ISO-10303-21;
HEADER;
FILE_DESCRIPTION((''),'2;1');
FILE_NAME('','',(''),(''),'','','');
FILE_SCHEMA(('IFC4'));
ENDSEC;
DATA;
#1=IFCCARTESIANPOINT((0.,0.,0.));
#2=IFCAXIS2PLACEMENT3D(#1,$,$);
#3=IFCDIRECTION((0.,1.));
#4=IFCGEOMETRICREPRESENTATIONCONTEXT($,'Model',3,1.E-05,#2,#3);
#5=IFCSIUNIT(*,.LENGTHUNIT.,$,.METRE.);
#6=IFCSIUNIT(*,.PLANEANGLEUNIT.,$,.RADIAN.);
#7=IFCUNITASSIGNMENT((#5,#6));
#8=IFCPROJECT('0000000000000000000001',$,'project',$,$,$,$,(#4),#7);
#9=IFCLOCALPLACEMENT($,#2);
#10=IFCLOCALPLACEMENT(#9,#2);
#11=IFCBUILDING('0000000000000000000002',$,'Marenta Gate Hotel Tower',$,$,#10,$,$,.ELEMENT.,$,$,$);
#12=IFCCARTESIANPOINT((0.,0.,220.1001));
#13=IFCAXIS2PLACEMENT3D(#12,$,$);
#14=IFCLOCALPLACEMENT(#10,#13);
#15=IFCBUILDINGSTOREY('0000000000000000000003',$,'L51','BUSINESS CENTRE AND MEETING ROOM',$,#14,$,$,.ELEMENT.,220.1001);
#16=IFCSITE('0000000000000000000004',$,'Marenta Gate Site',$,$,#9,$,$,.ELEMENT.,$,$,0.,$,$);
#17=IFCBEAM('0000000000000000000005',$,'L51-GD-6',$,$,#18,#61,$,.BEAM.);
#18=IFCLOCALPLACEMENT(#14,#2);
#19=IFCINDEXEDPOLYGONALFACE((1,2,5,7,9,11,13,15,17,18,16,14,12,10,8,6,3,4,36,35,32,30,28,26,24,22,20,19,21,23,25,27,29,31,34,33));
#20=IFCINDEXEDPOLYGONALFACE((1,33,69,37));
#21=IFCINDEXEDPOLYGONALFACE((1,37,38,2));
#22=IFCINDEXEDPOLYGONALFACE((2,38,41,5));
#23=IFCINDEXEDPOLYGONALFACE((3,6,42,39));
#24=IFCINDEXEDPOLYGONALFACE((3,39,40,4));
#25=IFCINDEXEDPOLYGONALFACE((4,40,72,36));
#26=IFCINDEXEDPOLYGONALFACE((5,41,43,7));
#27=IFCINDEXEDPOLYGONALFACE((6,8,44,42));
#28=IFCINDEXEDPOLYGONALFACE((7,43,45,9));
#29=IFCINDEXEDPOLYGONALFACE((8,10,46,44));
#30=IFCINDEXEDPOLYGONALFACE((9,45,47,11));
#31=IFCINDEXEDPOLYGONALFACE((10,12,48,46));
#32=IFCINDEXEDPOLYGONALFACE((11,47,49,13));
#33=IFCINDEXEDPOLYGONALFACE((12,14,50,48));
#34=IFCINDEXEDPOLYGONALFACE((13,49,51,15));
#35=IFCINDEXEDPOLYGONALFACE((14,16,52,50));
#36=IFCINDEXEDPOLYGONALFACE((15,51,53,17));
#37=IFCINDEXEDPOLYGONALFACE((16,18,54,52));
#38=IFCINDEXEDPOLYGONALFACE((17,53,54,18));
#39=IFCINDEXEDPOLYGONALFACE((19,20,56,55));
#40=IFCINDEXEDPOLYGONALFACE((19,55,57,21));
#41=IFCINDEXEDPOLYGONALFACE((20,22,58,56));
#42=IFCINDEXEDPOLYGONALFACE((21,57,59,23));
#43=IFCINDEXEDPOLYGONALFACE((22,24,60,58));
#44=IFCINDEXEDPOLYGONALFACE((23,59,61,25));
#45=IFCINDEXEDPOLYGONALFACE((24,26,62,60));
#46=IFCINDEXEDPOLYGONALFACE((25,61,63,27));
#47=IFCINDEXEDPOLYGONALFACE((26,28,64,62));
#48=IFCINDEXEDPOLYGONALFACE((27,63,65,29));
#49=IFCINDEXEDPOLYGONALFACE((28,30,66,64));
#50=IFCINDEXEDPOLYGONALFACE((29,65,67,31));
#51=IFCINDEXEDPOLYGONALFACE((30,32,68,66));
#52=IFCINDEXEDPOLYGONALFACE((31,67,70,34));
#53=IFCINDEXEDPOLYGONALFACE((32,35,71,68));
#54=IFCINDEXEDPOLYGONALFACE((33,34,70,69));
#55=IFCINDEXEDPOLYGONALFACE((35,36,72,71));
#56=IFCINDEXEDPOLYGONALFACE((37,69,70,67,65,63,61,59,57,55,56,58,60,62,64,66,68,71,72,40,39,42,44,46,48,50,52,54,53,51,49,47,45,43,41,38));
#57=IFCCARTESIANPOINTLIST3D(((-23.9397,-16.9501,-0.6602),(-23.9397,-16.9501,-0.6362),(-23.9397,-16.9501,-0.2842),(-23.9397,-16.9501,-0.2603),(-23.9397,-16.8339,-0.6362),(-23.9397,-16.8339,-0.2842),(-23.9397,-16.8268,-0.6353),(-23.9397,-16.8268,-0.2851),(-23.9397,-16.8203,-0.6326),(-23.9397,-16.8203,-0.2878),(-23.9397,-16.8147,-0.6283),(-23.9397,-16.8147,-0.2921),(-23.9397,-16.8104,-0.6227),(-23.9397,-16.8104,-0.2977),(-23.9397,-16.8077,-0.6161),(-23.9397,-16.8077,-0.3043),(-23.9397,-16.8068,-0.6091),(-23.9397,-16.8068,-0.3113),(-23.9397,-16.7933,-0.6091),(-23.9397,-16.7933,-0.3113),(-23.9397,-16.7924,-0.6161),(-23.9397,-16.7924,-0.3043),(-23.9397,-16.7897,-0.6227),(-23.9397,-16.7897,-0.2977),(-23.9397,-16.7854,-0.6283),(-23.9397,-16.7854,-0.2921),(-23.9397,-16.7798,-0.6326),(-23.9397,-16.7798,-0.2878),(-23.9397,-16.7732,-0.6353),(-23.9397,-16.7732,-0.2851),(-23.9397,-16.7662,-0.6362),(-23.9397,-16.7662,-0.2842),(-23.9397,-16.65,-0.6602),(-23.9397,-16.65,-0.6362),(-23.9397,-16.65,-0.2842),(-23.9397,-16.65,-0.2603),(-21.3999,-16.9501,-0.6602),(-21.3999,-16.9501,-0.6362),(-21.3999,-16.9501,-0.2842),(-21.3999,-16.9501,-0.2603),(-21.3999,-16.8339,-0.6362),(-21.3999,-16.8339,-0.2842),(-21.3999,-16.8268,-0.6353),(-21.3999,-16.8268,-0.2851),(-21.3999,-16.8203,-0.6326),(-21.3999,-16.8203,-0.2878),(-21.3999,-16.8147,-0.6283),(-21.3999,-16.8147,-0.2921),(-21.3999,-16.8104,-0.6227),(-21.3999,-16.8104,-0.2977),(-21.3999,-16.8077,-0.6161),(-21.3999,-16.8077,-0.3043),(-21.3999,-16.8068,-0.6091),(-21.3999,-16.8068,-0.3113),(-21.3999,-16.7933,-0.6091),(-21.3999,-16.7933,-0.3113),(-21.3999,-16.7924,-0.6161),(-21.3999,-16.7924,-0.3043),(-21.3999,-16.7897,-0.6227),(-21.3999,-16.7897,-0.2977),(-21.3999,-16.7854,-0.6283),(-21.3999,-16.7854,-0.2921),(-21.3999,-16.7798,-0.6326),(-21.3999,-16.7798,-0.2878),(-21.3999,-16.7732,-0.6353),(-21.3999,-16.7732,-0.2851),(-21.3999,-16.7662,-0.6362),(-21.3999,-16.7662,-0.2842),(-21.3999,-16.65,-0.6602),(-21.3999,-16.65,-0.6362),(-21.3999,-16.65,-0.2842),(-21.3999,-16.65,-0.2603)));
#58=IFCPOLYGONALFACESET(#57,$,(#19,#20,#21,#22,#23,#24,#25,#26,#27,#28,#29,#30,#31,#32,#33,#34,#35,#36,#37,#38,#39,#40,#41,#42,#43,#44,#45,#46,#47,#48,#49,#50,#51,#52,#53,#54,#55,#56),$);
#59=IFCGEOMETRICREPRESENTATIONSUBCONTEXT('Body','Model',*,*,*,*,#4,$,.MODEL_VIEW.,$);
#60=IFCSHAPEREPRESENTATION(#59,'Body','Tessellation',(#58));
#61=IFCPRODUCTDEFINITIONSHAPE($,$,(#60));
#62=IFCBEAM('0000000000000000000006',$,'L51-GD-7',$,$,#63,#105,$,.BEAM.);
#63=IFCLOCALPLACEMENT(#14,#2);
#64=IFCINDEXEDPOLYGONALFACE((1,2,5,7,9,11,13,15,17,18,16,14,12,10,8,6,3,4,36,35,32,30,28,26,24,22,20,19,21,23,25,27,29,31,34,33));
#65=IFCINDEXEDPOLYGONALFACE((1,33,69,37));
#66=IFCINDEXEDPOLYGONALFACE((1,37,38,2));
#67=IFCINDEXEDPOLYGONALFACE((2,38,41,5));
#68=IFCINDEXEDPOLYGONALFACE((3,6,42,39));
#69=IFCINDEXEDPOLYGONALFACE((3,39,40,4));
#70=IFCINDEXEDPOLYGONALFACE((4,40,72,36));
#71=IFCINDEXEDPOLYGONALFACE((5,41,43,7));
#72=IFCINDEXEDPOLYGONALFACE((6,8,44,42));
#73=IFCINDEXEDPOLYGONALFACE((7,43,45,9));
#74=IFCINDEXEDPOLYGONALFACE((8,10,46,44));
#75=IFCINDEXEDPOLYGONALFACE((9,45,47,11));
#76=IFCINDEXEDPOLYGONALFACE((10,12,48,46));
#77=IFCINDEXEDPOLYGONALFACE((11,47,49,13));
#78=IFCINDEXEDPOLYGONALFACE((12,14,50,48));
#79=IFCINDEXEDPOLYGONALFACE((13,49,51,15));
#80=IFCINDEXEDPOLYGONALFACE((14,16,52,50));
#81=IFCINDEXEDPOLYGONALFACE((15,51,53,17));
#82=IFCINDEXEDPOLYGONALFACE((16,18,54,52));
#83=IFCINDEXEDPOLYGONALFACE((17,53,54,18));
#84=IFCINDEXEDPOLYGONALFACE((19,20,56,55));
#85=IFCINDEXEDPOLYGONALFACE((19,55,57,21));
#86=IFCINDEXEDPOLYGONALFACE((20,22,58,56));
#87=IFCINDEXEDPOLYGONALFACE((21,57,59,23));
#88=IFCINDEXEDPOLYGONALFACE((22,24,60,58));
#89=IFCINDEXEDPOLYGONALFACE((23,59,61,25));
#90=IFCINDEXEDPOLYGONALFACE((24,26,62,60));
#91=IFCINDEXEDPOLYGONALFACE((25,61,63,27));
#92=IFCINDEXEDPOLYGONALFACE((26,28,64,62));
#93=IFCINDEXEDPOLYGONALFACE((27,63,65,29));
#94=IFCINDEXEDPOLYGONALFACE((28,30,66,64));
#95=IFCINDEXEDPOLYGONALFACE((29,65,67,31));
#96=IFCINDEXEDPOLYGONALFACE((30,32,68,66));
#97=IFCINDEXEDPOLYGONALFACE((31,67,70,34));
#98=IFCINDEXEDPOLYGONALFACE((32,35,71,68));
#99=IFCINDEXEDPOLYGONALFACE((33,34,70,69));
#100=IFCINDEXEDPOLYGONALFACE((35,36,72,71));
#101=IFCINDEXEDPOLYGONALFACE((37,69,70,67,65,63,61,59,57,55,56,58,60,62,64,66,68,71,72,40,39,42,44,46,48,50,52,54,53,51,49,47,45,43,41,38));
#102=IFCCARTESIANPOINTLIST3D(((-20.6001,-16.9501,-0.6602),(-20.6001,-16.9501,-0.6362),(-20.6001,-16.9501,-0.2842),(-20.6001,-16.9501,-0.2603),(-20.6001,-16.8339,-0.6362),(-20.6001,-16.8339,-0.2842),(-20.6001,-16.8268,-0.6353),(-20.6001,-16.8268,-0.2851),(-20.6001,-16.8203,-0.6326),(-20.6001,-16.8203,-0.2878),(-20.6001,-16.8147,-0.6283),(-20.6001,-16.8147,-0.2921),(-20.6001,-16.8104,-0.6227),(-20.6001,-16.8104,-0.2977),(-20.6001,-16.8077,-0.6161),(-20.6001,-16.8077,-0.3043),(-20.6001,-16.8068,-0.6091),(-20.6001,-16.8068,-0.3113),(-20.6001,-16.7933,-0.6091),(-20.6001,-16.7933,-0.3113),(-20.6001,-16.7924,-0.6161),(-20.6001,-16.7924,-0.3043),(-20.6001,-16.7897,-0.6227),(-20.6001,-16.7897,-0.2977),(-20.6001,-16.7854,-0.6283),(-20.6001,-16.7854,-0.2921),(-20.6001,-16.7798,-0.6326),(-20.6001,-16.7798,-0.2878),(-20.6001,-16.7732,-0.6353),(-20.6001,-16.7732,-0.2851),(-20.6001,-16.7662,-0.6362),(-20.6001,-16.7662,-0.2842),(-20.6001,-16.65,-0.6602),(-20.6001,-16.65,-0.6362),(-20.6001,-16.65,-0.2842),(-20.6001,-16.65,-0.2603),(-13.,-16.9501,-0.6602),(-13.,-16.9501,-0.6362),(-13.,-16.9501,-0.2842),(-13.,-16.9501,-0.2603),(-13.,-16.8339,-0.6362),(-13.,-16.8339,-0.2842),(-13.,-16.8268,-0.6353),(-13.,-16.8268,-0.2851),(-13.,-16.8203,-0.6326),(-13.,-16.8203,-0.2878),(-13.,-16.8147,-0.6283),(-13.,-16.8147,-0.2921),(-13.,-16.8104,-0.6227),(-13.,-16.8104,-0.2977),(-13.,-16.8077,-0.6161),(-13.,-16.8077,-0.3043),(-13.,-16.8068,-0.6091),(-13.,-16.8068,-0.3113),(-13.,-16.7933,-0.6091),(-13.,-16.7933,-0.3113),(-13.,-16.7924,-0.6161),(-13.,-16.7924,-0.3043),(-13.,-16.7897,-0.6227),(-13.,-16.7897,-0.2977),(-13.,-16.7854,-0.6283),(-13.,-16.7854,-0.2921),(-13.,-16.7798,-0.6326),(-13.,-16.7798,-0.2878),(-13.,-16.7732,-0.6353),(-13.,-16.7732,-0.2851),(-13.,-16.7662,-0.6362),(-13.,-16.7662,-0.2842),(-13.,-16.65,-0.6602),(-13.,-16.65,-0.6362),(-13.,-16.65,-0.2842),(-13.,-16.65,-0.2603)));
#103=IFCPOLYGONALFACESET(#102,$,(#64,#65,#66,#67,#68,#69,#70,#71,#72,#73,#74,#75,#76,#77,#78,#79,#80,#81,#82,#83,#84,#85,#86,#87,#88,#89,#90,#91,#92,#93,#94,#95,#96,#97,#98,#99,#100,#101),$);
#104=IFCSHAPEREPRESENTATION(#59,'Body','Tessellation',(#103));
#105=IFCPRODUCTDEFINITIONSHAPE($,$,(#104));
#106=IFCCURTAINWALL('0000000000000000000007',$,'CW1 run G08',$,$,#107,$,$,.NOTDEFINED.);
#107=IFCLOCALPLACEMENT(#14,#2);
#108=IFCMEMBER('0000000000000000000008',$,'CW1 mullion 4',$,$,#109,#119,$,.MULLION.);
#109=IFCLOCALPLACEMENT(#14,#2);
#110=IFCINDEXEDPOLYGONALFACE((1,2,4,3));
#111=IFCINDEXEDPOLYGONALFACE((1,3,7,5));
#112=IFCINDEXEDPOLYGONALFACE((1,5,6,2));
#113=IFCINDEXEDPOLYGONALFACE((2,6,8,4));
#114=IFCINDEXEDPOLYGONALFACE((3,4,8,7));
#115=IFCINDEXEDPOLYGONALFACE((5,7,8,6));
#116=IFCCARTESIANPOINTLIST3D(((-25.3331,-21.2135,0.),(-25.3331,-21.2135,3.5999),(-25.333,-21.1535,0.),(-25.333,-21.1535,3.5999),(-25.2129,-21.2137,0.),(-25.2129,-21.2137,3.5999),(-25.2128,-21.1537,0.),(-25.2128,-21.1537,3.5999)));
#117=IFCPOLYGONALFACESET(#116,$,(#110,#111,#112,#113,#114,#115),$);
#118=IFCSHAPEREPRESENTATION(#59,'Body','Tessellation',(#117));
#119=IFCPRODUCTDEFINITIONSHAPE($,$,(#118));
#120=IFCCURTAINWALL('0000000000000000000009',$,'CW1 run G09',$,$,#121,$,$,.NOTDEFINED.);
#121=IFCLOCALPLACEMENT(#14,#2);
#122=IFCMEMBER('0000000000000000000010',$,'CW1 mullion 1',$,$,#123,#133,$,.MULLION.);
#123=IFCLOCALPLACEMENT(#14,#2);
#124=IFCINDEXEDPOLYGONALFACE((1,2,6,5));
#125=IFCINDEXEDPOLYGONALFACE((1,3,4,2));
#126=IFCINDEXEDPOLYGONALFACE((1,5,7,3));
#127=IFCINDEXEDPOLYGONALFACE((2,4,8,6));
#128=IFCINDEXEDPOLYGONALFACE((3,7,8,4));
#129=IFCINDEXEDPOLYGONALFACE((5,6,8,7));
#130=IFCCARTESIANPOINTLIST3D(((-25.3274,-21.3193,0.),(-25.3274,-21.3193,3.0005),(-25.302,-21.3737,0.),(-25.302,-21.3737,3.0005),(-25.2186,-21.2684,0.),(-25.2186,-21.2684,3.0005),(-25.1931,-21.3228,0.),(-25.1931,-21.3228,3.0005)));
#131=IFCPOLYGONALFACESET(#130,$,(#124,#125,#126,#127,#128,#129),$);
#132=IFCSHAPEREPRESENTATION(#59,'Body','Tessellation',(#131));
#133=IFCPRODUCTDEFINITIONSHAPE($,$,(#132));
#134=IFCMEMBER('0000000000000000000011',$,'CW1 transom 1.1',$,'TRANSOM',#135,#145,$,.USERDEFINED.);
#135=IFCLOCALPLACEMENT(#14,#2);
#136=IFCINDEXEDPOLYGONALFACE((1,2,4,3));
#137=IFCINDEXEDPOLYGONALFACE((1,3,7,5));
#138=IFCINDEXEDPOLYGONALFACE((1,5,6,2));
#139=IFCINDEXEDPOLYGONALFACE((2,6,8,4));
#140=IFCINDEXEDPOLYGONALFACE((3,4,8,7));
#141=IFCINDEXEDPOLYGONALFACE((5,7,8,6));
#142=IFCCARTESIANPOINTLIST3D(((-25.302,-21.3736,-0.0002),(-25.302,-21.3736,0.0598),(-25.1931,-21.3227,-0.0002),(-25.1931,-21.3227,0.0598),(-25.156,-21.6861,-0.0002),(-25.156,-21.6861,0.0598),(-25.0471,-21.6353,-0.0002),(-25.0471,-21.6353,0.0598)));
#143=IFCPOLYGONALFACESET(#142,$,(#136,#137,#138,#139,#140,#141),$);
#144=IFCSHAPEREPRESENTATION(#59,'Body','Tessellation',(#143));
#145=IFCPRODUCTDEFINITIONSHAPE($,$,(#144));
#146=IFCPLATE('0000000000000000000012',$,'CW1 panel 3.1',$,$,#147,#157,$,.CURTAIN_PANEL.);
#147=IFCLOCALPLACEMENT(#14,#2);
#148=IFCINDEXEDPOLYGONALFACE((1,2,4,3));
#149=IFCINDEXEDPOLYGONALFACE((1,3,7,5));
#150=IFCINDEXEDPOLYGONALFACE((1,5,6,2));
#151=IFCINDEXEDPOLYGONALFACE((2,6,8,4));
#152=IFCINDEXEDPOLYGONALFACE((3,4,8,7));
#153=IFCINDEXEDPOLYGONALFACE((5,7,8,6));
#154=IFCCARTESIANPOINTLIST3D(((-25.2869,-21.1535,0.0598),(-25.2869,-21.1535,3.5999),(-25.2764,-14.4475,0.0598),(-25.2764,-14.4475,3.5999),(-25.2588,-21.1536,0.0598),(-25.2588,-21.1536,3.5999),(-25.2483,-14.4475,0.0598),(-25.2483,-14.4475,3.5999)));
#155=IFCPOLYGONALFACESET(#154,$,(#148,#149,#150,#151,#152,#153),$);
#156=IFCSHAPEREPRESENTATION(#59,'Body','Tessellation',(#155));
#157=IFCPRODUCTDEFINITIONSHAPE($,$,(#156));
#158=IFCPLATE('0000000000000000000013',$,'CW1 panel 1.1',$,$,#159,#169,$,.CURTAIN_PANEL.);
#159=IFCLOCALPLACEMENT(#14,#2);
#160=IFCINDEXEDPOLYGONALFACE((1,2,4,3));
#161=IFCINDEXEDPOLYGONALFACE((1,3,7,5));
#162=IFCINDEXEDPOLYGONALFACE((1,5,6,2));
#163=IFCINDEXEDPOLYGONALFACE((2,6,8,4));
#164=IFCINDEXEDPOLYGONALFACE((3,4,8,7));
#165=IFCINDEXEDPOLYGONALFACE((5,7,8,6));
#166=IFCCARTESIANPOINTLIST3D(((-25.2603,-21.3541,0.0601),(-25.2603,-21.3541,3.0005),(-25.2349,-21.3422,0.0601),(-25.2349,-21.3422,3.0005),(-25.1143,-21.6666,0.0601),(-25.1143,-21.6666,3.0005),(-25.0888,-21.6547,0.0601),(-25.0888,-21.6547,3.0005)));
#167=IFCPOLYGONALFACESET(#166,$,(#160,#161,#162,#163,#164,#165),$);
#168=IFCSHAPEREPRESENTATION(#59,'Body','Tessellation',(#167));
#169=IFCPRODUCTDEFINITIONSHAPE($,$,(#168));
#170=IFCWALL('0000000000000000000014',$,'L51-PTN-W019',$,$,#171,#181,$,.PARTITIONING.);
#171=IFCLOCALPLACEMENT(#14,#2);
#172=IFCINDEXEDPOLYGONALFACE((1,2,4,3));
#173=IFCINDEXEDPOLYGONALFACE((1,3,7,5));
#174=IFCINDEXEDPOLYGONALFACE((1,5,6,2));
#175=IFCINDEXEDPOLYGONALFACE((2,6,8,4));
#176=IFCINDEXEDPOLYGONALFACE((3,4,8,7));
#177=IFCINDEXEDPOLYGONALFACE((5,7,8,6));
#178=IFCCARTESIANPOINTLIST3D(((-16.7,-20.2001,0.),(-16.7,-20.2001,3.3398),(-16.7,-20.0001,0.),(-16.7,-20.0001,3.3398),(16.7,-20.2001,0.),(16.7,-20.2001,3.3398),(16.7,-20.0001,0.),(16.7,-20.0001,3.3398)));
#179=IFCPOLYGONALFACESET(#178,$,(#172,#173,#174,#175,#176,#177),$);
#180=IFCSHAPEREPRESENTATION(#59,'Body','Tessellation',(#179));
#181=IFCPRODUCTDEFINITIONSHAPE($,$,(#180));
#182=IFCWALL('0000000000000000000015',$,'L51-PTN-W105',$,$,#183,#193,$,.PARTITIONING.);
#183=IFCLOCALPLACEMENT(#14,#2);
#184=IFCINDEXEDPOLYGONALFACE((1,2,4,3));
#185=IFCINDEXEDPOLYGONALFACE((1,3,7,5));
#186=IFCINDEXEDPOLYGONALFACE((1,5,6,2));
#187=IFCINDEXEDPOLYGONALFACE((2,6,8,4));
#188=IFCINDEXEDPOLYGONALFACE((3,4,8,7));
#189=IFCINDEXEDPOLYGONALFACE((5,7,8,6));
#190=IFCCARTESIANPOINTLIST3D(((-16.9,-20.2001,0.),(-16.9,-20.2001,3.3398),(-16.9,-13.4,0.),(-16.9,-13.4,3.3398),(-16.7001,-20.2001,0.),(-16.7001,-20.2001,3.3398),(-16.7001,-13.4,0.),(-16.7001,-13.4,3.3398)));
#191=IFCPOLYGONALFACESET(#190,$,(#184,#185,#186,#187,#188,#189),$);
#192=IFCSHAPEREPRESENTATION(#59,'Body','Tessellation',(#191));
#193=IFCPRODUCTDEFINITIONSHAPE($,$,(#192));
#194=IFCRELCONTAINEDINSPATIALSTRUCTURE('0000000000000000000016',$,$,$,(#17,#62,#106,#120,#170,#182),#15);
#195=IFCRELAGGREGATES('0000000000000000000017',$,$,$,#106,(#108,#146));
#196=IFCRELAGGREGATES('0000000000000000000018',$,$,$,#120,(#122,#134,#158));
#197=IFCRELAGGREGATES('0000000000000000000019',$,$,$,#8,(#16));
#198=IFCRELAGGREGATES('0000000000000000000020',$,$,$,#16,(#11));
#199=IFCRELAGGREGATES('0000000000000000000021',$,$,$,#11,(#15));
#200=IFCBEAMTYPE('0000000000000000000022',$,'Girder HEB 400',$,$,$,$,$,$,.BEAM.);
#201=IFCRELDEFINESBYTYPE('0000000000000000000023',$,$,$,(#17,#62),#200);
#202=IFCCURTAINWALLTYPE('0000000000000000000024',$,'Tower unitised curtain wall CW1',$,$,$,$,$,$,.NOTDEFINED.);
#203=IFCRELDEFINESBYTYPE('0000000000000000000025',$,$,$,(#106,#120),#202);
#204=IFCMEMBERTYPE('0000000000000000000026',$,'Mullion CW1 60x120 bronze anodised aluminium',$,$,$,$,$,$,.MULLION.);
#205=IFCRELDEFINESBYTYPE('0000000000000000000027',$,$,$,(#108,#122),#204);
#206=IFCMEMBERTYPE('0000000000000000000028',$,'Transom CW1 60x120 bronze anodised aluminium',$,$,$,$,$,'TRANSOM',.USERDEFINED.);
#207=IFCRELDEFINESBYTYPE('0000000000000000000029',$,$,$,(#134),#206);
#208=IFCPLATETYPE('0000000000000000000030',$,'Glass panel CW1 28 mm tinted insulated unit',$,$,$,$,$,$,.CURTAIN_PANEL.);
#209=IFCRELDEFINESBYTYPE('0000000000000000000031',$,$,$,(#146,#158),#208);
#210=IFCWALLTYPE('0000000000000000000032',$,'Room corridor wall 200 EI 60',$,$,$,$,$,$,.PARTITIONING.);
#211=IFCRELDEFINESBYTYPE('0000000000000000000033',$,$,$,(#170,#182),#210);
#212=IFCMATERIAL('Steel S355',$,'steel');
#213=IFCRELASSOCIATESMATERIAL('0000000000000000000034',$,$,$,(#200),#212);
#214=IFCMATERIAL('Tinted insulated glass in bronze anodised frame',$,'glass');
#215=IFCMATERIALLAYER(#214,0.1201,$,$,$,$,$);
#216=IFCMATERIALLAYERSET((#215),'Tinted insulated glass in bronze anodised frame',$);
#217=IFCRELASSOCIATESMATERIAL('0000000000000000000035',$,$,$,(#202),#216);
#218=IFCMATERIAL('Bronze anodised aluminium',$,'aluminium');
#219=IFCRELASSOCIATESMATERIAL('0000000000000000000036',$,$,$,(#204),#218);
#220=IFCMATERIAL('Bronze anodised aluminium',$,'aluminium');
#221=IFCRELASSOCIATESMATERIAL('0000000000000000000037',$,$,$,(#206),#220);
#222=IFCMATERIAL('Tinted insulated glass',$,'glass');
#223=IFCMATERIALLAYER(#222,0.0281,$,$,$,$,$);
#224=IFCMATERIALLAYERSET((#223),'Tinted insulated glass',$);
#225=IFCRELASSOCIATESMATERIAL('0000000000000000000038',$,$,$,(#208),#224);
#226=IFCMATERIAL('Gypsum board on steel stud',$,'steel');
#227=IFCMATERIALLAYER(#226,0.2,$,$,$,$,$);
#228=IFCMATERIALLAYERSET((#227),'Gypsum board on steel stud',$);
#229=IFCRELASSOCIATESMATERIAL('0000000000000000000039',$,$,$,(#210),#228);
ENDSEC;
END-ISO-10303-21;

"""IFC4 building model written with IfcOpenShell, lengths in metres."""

from ifc_helpers import new_model, si_unit, direction, frame, frame_2d, origin, origin_2d, place, context, subcontext, project, spatial, rectangle, i_section, extrude, material, layer, layer_set, material_profile, profile_set, type_object, element, aggregate, save


model = new_model("IFC4")

# Units and contexts
model_context = context("Model", 3, precision=1e-05, world=origin(), true_north=direction((0.0, 1.0)))
body_context = subcontext(model_context, "Body", "Model", "MODEL_VIEW")
ifc_project = project(units=[si_unit("LENGTHUNIT", "METRE"), si_unit("PLANEANGLEUNIT", "RADIAN")], contexts=[model_context])

# Site, building, storey
site_placement = place(None, origin())
site = spatial("IfcSite", under=ifc_project, at=site_placement, Name="Marenta Gate Site", CompositionType="ELEMENT", RefElevation=0.0)
building_placement = place(site_placement, origin())
building = spatial("IfcBuilding", under=site, at=building_placement, Name="Marenta Gate Hotel Tower", CompositionType="ELEMENT")
storey_placement = place(building_placement, frame((0.0, 0.0, 220.1001)))
storey = spatial("IfcBuildingStorey", under=building, at=storey_placement, Name="L51", Description="BUSINESS CENTRE AND MEETING ROOM", CompositionType="ELEMENT", Elevation=220.1001)

# Beams
ifc_material_1 = material(Name="Steel S355", Category="steel")
ifc_material_profile_1 = material_profile(ifc_material_1, i_section(OverallWidth=0.3, OverallDepth=0.3999, WebThickness=0.0134, FlangeThickness=0.0239, FilletRadius=0.0271, at=origin_2d()), Name="HEB 400")
ifc_profile_set_1 = profile_set([ifc_material_profile_1], Name="Steel S355")
beam_type_1 = type_object("IfcBeamType", Name="Girder HEB 400", PredefinedType="BEAM", material=ifc_profile_set_1)
beam_1_placement = place(storey_placement, frame((-23.9397, -16.8, -0.4602), z_axis=(1.0, 0.0, 0.0), x_axis=(0.0, 1.0, 0.0)))
element("IfcBeam", 1, at=beam_1_placement, inside=storey, type_object=beam_type_1, Name="L51-GD-6", PredefinedType="BEAM", context=body_context, shape_type="SweptSolid", body=[
    extrude(i_section(OverallWidth=0.3, OverallDepth=0.3999, WebThickness=0.0134, FlangeThickness=0.0239, FilletRadius=0.0271, at=origin_2d()), origin(), (0.0, 0.0, 1.0), 2.5398),
])
beam_2_placement = place(storey_placement, frame((-20.6001, -16.8, -0.4602), z_axis=(1.0, 0.0, 0.0), x_axis=(0.0, 1.0, 0.0)))
element("IfcBeam", 2, at=beam_2_placement, inside=storey, type_object=beam_type_1, Name="L51-GD-7", PredefinedType="BEAM", context=body_context, shape_type="SweptSolid", body=[
    extrude(i_section(OverallWidth=0.3, OverallDepth=0.3999, WebThickness=0.0134, FlangeThickness=0.0239, FilletRadius=0.0271, at=origin_2d()), origin(), (0.0, 0.0, 1.0), 7.6001),
])

# Curtain wall, member
ifc_material_2 = material(Name="Tinted insulated glass in bronze anodised frame", Category="glass")
ifc_layer_1 = layer(ifc_material_2, 0.1201)
ifc_layer_set_1 = layer_set([ifc_layer_1], Name="Tinted insulated glass in bronze anodised frame")
curtain_wall_type = type_object("IfcCurtainWallType", Name="Tower unitised curtain wall CW1", PredefinedType="NOTDEFINED", material=ifc_layer_set_1)
curtain_wall_1_placement = place(storey_placement, origin())
curtain_wall_1 = element("IfcCurtainWall", 3, at=curtain_wall_1_placement, inside=storey, type_object=curtain_wall_type, Name="CW1 run G08", PredefinedType="NOTDEFINED")
ifc_material_3 = material(Name="Bronze anodised aluminium", Category="aluminium")
ifc_material_profile_2 = material_profile(ifc_material_3, rectangle(XDim=0.1201, YDim=0.0601, at=origin_2d()), Name="Mullion CW1 60x120 bronze anodised aluminium")
ifc_profile_set_2 = profile_set([ifc_material_profile_2], Name="Bronze anodised aluminium")
member_type_1 = type_object("IfcMemberType", Name="Mullion CW1 60x120 bronze anodised aluminium", PredefinedType="MULLION", material=ifc_profile_set_2)
member_1_placement = place(storey_placement, frame((-25.2729, -21.1836, 0.0), z_axis=(0.0, 0.0, 1.0), x_axis=(0.999999, -0.001565, 0.0)))
member_1 = element("IfcMember", 4, at=member_1_placement, type_object=member_type_1, Name="CW1 mullion 4", PredefinedType="MULLION", context=body_context, shape_type="SweptSolid", body=[
    extrude(rectangle(XDim=0.1201, YDim=0.0601, at=origin_2d()), origin(), (0.0, 0.0, 1.0), 3.5999),
])

# Curtain wall, members
curtain_wall_2_placement = place(storey_placement, origin())
curtain_wall_2 = element("IfcCurtainWall", 5, at=curtain_wall_2_placement, inside=storey, type_object=curtain_wall_type, Name="CW1 run G09", PredefinedType="NOTDEFINED")
member_2_placement = place(storey_placement, frame((-25.2603, -21.321, 0.0), z_axis=(0.0, 0.0, 1.0), x_axis=(0.905968, 0.423345, 0.0)))
member_2 = element("IfcMember", 6, at=member_2_placement, type_object=member_type_1, Name="CW1 mullion 1", PredefinedType="MULLION", context=body_context, shape_type="SweptSolid", body=[
    extrude(rectangle(XDim=0.1201, YDim=0.0601, at=origin_2d()), origin(), (0.0, 0.0, 1.0), 3.0005),
])
ifc_material_4 = material(Name="Bronze anodised aluminium", Category="aluminium")
ifc_material_profile_3 = material_profile(ifc_material_4, rectangle(XDim=0.1201, YDim=0.0601, at=origin_2d()), Name="Transom CW1 60x120 bronze anodised aluminium")
ifc_profile_set_3 = profile_set([ifc_material_profile_3], Name="Bronze anodised aluminium")
member_type_2 = type_object("IfcMemberType", Name="Transom CW1 60x120 bronze anodised aluminium", ElementType="TRANSOM", PredefinedType="USERDEFINED", material=ifc_profile_set_3)
member_3_placement = place(storey_placement, frame((-25.2476, -21.3481, 0.0298), z_axis=(0.423273, -0.906002, 0.0), x_axis=(0.906002, 0.423273, 0.0)))
member_3 = element("IfcMember", 7, at=member_3_placement, type_object=member_type_2, Name="CW1 transom 1.1", ObjectType="TRANSOM", PredefinedType="USERDEFINED", context=body_context, shape_type="SweptSolid", body=[
    extrude(rectangle(XDim=0.1201, YDim=0.0601, at=origin_2d()), origin(), (0.0, 0.0, 1.0), 0.345),
])

# Plates
ifc_material_5 = material(Name="Tinted insulated glass", Category="glass")
ifc_layer_2 = layer(ifc_material_5, 0.0281)
ifc_layer_set_2 = layer_set([ifc_layer_2], Name="Tinted insulated glass")
plate_type = type_object("IfcPlateType", Name="Glass panel CW1 28 mm tinted insulated unit", PredefinedType="CURTAIN_PANEL", material=ifc_layer_set_2)
plate_1_placement = place(storey_placement, frame((-25.2676, -17.8005, 0.0598), z_axis=(0.0, 0.0, 1.0), x_axis=(-0.001565, -0.999999, 0.0)))
plate_1 = element("IfcPlate", 8, at=plate_1_placement, type_object=plate_type, Name="CW1 panel 3.1", PredefinedType="CURTAIN_PANEL", context=body_context, shape_type="SweptSolid", body=[
    extrude(rectangle(XDim=6.7061, YDim=0.0281, at=origin_2d()), origin(), (0.0, 0.0, 1.0), 3.54),
])
aggregate(curtain_wall_1, [member_1, plate_1])
plate_2_placement = place(storey_placement, frame((-25.1746, -21.5044, 0.0601), z_axis=(0.0, 0.0, 1.0), x_axis=(0.423345, -0.905968, 0.0)))
plate_2 = element("IfcPlate", 9, at=plate_2_placement, type_object=plate_type, Name="CW1 panel 1.1", PredefinedType="CURTAIN_PANEL", context=body_context, shape_type="SweptSolid", body=[
    extrude(rectangle(XDim=0.345, YDim=0.0281, at=origin_2d()), origin(), (0.0, 0.0, 1.0), 2.9404),
])
aggregate(curtain_wall_2, [member_2, member_3, plate_2])

# Walls
ifc_material_6 = material(Name="Gypsum board on steel stud", Category="steel")
ifc_layer_3 = layer(ifc_material_6, 0.2)
ifc_layer_set_3 = layer_set([ifc_layer_3], Name="Gypsum board on steel stud")
wall_type_1 = type_object("IfcWallType", Name="Room corridor wall 200 EI 60", PredefinedType="PARTITIONING", material=ifc_layer_set_3)
wall_1_placement = place(storey_placement, frame((-16.7, -20.1001, 0.0), z_axis=(0.0, 0.0, 1.0), x_axis=(1.0, 0.0, 0.0)))
element("IfcWall", 10, at=wall_1_placement, inside=storey, type_object=wall_type_1, Name="L51-PTN-W019", PredefinedType="PARTITIONING", context=body_context, shape_type="SweptSolid", body=[
    extrude(rectangle(XDim=33.3999, YDim=0.2, at=frame_2d((16.7, 0.0))), origin(), (0.0, 0.0, 1.0), 3.3398),
])
wall_2_placement = place(storey_placement, frame((-16.8, -20.2, 0.0), z_axis=(0.0, 0.0, 1.0), x_axis=(0.0, 1.0, 0.0)))
element("IfcWall", 11, at=wall_2_placement, inside=storey, type_object=wall_type_1, Name="L51-PTN-W105", PredefinedType="PARTITIONING", context=body_context, shape_type="SweptSolid", body=[
    extrude(rectangle(XDim=6.8, YDim=0.2, at=frame_2d((3.3999, 0.0))), origin(), (0.0, 0.0, 1.0), 3.3398),
])

save(model, "model.ifc")
